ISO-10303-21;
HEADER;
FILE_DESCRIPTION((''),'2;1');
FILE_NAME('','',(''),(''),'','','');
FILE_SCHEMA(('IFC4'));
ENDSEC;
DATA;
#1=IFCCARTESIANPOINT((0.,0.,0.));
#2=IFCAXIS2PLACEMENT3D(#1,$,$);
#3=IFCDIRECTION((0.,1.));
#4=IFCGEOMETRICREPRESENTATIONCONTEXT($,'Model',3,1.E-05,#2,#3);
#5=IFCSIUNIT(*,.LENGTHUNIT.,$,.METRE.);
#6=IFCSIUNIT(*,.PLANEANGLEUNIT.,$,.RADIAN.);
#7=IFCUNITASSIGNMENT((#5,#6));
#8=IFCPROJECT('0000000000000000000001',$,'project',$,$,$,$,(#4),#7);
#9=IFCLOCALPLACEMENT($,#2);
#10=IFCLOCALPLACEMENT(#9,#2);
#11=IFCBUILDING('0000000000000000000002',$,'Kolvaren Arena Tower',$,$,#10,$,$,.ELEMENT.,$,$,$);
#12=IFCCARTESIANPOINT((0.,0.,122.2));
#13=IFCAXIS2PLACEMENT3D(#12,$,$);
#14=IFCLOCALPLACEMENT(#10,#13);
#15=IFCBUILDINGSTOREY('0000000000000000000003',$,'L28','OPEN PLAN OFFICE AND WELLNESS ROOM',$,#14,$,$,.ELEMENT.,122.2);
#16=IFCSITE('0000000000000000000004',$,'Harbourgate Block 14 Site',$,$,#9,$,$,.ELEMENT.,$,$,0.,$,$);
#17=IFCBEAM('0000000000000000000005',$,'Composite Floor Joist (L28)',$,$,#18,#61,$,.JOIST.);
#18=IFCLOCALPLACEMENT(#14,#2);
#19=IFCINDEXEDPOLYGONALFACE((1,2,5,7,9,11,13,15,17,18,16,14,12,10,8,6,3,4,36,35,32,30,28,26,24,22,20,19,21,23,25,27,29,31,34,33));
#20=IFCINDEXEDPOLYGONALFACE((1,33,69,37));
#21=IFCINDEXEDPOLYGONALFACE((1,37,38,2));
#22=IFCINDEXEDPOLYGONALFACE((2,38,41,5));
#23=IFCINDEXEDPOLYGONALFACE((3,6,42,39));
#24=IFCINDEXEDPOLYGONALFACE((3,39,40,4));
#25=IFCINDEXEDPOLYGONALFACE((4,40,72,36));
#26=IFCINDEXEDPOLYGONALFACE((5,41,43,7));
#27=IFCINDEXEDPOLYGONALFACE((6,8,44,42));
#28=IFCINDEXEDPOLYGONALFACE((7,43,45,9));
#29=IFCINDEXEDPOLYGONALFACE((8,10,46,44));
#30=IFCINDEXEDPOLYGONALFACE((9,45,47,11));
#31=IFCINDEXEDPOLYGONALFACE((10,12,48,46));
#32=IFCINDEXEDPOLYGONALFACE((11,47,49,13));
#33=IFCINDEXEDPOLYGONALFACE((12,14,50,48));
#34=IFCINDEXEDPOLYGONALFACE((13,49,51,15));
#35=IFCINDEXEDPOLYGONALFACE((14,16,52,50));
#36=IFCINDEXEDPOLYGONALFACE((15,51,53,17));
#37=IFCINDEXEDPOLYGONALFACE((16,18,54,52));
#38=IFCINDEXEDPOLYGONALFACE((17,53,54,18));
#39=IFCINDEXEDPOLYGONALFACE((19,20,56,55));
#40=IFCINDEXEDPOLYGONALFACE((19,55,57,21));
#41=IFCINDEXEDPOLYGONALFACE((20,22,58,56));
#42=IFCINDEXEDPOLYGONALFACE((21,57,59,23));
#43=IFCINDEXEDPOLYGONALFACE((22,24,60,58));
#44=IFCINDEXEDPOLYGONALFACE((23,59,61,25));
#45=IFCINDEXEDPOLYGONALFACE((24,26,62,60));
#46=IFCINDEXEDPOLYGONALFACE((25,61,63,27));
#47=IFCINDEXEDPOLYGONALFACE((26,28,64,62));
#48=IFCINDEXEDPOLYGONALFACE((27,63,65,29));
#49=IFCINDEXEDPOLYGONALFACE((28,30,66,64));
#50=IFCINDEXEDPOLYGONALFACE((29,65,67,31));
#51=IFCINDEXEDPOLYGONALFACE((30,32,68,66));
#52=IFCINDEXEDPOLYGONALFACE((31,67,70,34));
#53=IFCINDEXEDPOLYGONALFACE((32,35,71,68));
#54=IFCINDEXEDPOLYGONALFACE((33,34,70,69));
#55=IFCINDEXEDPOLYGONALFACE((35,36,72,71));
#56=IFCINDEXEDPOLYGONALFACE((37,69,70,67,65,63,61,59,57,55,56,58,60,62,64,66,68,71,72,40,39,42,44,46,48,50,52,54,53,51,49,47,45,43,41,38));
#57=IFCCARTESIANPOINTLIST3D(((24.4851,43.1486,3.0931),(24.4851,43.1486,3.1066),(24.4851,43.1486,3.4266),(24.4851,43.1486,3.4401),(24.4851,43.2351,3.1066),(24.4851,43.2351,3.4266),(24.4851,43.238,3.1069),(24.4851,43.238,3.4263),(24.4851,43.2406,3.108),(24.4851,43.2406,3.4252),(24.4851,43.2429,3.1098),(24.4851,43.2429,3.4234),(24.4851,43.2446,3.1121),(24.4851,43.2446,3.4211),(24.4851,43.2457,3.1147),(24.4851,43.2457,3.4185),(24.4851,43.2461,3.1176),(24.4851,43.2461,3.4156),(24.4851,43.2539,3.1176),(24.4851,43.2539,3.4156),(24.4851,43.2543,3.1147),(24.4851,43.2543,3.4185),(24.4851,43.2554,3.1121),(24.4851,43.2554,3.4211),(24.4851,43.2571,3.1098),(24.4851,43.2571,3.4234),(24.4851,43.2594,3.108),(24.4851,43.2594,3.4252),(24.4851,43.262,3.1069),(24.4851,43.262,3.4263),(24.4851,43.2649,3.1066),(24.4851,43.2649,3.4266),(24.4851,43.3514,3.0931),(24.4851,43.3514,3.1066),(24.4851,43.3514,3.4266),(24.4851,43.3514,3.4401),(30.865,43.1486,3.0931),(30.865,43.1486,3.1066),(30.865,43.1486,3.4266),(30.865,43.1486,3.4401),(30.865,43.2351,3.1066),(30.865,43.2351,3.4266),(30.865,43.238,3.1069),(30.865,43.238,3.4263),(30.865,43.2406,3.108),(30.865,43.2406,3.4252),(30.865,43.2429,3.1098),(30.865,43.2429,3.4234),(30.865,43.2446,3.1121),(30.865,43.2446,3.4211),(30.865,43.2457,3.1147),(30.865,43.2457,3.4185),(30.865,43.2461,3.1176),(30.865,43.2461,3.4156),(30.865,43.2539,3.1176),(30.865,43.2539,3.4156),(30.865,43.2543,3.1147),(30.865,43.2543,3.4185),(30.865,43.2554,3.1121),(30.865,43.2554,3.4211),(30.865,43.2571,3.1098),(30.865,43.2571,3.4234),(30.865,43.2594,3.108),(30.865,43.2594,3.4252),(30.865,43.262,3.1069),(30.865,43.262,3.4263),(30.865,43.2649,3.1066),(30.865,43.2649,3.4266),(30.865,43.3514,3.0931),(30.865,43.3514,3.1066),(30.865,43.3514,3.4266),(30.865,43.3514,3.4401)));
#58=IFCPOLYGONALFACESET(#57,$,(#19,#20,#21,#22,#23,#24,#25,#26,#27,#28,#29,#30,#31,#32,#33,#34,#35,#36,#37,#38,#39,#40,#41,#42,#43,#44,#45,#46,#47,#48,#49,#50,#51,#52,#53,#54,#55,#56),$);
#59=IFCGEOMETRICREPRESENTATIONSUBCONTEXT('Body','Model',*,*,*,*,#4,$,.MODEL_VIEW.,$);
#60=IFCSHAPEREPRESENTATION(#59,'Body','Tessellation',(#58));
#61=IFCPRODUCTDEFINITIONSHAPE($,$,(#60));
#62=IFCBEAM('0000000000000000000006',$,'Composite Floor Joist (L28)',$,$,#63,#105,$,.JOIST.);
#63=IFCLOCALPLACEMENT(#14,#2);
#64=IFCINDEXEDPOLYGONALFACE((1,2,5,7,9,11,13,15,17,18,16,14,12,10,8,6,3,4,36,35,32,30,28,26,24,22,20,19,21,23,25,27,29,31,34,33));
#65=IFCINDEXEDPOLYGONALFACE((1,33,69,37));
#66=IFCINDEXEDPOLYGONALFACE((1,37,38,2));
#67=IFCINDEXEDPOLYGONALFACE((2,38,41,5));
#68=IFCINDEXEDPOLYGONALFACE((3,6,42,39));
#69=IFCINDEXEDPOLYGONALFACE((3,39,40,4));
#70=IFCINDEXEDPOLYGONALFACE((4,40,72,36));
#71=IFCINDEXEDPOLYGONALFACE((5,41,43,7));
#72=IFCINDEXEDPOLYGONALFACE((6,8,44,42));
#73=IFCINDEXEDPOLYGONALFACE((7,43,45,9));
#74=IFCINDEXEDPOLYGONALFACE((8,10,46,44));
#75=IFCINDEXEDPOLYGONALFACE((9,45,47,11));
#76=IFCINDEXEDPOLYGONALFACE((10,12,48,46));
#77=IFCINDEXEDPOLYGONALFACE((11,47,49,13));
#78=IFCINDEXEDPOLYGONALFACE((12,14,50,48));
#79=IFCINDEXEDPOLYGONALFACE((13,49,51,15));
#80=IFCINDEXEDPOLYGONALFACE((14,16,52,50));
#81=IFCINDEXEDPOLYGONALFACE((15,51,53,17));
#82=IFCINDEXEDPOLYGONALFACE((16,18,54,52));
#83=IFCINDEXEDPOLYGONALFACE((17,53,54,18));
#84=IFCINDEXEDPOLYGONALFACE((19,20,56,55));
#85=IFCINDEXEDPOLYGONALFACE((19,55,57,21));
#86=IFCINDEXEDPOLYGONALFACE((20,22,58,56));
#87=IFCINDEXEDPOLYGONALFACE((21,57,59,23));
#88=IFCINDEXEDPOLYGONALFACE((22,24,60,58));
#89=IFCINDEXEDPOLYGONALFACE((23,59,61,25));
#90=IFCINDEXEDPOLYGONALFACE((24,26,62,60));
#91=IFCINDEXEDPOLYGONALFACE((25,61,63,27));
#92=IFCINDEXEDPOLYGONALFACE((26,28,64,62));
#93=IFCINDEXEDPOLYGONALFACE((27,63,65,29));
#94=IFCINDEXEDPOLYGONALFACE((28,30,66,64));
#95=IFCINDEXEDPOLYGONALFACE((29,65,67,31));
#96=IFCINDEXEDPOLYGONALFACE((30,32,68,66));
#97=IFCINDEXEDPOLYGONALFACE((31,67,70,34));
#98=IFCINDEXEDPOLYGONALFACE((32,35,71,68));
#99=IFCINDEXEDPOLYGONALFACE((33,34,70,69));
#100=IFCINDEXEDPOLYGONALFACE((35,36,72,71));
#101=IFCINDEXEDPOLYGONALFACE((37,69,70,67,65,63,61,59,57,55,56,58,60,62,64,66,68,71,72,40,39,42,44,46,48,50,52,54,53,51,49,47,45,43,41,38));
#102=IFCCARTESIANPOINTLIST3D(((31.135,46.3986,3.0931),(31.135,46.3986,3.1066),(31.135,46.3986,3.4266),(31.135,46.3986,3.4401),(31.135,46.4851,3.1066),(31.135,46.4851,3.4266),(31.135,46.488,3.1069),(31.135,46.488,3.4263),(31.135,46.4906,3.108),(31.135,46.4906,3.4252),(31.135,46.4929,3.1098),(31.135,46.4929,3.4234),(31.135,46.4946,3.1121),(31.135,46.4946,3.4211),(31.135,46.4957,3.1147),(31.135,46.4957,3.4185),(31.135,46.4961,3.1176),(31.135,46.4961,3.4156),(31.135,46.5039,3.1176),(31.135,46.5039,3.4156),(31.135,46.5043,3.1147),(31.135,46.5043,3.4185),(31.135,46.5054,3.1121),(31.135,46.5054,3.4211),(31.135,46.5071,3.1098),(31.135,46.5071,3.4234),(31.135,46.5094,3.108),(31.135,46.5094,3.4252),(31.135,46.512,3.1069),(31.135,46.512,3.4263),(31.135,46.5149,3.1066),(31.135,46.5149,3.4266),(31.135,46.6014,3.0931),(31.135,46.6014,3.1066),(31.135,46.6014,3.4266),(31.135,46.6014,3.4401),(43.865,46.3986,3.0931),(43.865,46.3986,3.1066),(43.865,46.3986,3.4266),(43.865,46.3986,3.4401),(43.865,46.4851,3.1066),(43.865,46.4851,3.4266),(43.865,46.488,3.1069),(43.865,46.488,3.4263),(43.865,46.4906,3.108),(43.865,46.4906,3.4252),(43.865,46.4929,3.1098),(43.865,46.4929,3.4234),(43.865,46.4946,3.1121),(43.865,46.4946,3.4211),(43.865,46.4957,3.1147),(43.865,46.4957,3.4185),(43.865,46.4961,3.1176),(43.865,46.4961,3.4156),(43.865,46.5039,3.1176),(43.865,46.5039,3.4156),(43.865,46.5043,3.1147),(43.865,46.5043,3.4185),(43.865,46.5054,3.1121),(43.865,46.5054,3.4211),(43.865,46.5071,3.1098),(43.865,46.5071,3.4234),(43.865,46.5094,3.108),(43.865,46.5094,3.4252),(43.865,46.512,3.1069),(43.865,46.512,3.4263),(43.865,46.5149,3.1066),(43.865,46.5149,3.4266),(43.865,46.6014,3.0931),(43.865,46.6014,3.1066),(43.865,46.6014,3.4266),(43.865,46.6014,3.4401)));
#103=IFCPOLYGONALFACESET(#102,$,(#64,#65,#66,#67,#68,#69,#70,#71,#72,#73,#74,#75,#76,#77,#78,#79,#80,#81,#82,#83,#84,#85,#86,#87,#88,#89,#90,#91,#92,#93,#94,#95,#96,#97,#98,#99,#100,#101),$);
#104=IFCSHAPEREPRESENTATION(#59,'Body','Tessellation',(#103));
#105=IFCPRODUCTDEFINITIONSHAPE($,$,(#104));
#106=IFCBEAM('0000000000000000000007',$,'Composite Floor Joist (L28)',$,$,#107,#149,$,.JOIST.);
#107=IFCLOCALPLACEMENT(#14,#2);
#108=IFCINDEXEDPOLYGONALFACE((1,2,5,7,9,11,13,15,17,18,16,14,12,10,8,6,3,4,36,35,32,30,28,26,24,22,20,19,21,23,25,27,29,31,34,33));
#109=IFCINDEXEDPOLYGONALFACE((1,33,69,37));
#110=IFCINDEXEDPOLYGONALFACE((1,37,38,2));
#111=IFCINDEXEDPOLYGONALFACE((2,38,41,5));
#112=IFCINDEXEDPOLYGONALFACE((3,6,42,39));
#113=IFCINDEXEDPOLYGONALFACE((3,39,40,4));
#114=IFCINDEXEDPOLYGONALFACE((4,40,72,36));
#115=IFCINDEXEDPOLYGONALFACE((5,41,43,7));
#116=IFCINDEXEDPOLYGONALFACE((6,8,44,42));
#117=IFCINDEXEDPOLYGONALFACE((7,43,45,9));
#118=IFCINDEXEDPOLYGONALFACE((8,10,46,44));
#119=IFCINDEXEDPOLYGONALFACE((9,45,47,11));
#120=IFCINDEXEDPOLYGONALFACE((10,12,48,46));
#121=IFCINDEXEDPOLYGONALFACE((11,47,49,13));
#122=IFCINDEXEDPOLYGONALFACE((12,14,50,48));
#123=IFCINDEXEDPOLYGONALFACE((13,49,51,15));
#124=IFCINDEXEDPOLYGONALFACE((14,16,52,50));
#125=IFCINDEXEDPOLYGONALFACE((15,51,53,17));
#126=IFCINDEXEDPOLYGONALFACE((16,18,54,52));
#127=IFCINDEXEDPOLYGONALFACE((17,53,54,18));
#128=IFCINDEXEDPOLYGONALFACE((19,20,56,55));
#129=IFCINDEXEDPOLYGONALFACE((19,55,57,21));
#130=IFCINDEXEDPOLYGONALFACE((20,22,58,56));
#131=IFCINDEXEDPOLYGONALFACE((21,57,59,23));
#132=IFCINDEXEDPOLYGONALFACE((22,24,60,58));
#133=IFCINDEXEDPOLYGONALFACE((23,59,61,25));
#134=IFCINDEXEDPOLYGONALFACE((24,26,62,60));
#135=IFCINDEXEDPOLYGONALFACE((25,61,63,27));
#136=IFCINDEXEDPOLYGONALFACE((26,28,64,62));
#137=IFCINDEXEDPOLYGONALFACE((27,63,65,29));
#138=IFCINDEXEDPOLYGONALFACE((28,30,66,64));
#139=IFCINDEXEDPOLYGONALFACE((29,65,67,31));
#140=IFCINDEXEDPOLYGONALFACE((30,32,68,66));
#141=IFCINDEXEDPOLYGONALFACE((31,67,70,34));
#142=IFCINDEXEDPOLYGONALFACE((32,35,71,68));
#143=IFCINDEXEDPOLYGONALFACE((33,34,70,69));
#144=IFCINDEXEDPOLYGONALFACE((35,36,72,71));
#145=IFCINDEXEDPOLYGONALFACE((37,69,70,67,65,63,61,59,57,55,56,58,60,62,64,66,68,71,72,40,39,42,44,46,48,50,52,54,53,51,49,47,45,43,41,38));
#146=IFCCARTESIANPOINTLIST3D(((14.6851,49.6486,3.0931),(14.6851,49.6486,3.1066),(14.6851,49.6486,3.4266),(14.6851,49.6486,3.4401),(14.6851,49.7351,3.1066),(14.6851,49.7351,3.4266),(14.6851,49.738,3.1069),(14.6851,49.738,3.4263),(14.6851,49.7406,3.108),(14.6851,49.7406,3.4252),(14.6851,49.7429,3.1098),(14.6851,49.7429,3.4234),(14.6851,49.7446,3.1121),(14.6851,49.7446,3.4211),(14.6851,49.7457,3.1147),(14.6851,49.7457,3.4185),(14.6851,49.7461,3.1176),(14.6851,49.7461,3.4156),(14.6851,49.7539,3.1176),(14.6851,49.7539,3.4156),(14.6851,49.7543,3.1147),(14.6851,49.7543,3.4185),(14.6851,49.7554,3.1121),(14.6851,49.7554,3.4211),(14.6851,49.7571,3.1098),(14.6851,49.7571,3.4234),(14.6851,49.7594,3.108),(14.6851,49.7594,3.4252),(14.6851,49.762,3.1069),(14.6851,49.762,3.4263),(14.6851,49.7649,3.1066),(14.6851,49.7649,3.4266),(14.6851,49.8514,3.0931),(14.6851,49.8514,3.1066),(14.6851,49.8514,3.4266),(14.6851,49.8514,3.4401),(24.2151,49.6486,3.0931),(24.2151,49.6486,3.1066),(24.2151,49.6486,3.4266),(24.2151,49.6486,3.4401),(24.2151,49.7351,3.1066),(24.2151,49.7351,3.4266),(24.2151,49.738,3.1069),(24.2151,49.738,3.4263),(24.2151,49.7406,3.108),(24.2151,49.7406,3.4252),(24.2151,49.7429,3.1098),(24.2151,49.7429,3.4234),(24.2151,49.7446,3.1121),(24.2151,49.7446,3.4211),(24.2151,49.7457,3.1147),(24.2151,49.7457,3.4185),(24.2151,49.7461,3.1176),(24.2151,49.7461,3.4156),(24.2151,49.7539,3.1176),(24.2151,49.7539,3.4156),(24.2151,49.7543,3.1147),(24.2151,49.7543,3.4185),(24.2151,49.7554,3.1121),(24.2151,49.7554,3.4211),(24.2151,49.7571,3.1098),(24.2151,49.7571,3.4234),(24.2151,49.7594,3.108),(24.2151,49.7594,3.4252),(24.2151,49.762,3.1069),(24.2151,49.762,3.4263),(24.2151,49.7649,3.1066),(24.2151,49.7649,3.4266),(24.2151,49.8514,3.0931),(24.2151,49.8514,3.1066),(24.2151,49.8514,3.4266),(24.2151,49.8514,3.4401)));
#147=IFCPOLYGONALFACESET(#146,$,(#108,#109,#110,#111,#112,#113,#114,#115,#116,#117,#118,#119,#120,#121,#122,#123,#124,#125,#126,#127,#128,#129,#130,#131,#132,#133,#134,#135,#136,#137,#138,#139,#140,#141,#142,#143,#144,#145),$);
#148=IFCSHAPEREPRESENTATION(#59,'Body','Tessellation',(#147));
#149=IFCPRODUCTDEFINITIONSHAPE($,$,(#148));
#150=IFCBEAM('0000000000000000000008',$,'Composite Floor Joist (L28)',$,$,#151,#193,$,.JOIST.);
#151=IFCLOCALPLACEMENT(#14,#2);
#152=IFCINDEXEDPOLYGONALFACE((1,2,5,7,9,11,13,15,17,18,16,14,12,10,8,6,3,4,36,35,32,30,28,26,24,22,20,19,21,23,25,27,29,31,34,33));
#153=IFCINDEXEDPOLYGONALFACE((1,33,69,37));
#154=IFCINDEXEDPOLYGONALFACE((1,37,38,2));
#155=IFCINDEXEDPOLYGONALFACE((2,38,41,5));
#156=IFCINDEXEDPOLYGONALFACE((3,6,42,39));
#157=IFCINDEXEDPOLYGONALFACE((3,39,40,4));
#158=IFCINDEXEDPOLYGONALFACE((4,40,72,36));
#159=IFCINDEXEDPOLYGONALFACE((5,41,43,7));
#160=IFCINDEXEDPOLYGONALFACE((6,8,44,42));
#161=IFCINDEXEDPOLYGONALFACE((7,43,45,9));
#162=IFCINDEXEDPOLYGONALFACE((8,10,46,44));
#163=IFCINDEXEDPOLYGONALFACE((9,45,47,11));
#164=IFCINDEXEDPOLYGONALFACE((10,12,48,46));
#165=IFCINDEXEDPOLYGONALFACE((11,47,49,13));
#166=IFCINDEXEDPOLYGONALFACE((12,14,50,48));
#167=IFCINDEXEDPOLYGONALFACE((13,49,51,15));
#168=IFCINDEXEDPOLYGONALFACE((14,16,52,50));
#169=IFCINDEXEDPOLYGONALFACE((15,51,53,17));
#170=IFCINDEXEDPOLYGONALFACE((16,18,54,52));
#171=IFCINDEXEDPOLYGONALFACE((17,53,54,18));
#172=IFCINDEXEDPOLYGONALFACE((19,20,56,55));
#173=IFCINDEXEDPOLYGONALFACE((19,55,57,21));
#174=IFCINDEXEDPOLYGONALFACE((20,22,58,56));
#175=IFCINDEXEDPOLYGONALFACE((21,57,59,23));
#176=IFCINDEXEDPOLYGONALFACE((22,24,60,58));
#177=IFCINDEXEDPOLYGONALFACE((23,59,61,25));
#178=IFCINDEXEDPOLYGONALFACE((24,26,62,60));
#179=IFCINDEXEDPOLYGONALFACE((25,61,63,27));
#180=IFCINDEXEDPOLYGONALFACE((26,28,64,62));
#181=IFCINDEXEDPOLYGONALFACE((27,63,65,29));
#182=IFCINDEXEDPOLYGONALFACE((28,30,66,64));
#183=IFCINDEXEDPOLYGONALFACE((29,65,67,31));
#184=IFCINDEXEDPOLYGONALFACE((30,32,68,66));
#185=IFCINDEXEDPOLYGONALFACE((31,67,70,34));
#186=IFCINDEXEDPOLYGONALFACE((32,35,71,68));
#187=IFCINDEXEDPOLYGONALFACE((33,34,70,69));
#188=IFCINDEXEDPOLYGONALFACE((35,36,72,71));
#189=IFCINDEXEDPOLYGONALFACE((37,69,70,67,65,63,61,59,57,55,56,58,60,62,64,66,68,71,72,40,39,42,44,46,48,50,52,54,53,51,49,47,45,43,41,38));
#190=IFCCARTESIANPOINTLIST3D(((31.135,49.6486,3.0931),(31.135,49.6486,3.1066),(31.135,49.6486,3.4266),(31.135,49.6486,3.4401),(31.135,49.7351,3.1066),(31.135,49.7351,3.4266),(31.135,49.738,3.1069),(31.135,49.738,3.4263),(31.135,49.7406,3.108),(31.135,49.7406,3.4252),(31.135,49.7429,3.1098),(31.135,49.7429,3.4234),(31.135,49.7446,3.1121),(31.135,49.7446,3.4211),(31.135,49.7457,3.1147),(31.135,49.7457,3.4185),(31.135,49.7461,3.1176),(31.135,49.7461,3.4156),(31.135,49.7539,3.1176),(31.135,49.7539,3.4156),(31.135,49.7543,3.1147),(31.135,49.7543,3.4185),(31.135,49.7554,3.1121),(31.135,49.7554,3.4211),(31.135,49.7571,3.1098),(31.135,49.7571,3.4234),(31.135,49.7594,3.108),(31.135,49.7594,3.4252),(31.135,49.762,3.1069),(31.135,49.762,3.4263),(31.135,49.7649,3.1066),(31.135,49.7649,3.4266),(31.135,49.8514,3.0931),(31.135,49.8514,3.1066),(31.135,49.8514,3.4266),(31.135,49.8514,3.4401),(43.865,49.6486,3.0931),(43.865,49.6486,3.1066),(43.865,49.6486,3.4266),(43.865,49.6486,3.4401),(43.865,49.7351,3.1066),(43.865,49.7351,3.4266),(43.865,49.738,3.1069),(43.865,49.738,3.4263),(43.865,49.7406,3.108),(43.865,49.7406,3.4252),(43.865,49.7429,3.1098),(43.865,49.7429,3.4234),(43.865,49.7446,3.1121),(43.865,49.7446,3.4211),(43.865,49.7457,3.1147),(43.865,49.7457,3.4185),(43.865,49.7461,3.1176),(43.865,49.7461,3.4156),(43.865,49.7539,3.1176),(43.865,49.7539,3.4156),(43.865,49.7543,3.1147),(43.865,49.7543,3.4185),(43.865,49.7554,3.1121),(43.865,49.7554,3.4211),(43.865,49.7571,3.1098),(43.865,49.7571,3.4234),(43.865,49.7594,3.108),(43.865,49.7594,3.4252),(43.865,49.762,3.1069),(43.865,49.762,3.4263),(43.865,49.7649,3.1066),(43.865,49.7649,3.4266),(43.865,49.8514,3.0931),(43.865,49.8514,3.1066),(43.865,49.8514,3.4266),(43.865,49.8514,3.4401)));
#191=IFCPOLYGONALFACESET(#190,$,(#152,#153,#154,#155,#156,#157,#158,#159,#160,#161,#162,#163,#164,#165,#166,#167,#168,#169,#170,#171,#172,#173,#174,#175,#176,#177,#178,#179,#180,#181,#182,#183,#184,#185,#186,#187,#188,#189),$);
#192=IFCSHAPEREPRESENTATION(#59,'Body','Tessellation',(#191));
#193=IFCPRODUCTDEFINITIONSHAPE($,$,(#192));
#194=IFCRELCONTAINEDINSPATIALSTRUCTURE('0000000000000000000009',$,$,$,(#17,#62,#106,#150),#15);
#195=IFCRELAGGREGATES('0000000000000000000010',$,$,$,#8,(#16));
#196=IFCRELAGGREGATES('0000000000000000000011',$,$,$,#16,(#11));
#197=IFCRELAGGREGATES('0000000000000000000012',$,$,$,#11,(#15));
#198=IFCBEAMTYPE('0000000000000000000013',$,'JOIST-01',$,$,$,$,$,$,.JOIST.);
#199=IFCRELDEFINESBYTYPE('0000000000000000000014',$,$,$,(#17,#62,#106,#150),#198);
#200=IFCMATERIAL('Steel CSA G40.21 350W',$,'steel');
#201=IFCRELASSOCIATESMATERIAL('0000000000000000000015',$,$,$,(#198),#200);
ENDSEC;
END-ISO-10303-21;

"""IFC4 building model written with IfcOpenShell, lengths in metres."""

from ifc_helpers import new_model, si_unit, direction, frame, origin, origin_2d, place, context, subcontext, project, spatial, i_section, extrude, material, material_profile, profile_set, type_object, element, save


model = new_model("IFC4")

# Units and contexts
model_context = context("Model", 3, precision=1e-05, world=origin(), true_north=direction((0.0, 1.0)))
body_context = subcontext(model_context, "Body", "Model", "MODEL_VIEW")
ifc_project = project(units=[si_unit("LENGTHUNIT", "METRE"), si_unit("PLANEANGLEUNIT", "RADIAN")], contexts=[model_context])

# Site, building, storey
site_placement = place(None, origin())
site = spatial("IfcSite", under=ifc_project, at=site_placement, Name="Harbourgate Block 14 Site", CompositionType="ELEMENT", RefElevation=0.0)
building_placement = place(site_placement, origin())
building = spatial("IfcBuilding", under=site, at=building_placement, Name="Kolvaren Arena Tower", CompositionType="ELEMENT")
storey_placement = place(building_placement, frame((0.0, 0.0, 122.2)))
storey = spatial("IfcBuildingStorey", under=building, at=storey_placement, Name="L28", Description="OPEN PLAN OFFICE AND WELLNESS ROOM", CompositionType="ELEMENT", Elevation=122.2)

# Beams
ifc_material_1 = material(Name="Steel CSA G40.21 350W", Category="steel")
ifc_material_profile_1 = material_profile(ifc_material_1, i_section(OverallWidth=0.2029, OverallDepth=0.3469, WebThickness=0.0078, FlangeThickness=0.0134, FilletRadius=0.011, at=origin_2d()), Name="W360x64")
ifc_profile_set_1 = profile_set([ifc_material_profile_1], Name="Steel CSA G40.21 350W")
beam_type_1 = type_object("IfcBeamType", Name="JOIST-01", PredefinedType="JOIST", material=ifc_profile_set_1)
beam_1_placement = place(storey_placement, frame((24.4851, 43.25, 3.2666), z_axis=(1.0, 0.0, 0.0), x_axis=(0.0, 1.0, 0.0)))
element("IfcBeam", 1, at=beam_1_placement, inside=storey, type_object=beam_type_1, Name="Composite Floor Joist (L28)", PredefinedType="JOIST", context=body_context, shape_type="SweptSolid", body=[
    extrude(i_section(OverallWidth=0.2029, OverallDepth=0.3469, WebThickness=0.0078, FlangeThickness=0.0134, FilletRadius=0.011, at=origin_2d()), origin(), (0.0, 0.0, 1.0), 6.3799),
])
beam_2_placement = place(storey_placement, frame((31.135, 46.5, 3.2666), z_axis=(1.0, 0.0, 0.0), x_axis=(0.0, 1.0, 0.0)))
element("IfcBeam", 2, at=beam_2_placement, inside=storey, type_object=beam_type_1, Name="Composite Floor Joist (L28)", PredefinedType="JOIST", context=body_context, shape_type="SweptSolid", body=[
    extrude(i_section(OverallWidth=0.2029, OverallDepth=0.3469, WebThickness=0.0078, FlangeThickness=0.0134, FilletRadius=0.011, at=origin_2d()), origin(), (0.0, 0.0, 1.0), 12.73),
])
beam_3_placement = place(storey_placement, frame((14.6851, 49.75, 3.2666), z_axis=(1.0, 0.0, 0.0), x_axis=(0.0, 1.0, 0.0)))
element("IfcBeam", 3, at=beam_3_placement, inside=storey, type_object=beam_type_1, Name="Composite Floor Joist (L28)", PredefinedType="JOIST", context=body_context, shape_type="SweptSolid", body=[
    extrude(i_section(OverallWidth=0.2029, OverallDepth=0.3469, WebThickness=0.0078, FlangeThickness=0.0134, FilletRadius=0.011, at=origin_2d()), origin(), (0.0, 0.0, 1.0), 9.53),
])
beam_4_placement = place(storey_placement, frame((31.135, 49.75, 3.2666), z_axis=(1.0, 0.0, 0.0), x_axis=(0.0, 1.0, 0.0)))
element("IfcBeam", 4, at=beam_4_placement, inside=storey, type_object=beam_type_1, Name="Composite Floor Joist (L28)", PredefinedType="JOIST", context=body_context, shape_type="SweptSolid", body=[
    extrude(i_section(OverallWidth=0.2029, OverallDepth=0.3469, WebThickness=0.0078, FlangeThickness=0.0134, FilletRadius=0.011, at=origin_2d()), origin(), (0.0, 0.0, 1.0), 12.73),
])

save(model, "model.ifc")
